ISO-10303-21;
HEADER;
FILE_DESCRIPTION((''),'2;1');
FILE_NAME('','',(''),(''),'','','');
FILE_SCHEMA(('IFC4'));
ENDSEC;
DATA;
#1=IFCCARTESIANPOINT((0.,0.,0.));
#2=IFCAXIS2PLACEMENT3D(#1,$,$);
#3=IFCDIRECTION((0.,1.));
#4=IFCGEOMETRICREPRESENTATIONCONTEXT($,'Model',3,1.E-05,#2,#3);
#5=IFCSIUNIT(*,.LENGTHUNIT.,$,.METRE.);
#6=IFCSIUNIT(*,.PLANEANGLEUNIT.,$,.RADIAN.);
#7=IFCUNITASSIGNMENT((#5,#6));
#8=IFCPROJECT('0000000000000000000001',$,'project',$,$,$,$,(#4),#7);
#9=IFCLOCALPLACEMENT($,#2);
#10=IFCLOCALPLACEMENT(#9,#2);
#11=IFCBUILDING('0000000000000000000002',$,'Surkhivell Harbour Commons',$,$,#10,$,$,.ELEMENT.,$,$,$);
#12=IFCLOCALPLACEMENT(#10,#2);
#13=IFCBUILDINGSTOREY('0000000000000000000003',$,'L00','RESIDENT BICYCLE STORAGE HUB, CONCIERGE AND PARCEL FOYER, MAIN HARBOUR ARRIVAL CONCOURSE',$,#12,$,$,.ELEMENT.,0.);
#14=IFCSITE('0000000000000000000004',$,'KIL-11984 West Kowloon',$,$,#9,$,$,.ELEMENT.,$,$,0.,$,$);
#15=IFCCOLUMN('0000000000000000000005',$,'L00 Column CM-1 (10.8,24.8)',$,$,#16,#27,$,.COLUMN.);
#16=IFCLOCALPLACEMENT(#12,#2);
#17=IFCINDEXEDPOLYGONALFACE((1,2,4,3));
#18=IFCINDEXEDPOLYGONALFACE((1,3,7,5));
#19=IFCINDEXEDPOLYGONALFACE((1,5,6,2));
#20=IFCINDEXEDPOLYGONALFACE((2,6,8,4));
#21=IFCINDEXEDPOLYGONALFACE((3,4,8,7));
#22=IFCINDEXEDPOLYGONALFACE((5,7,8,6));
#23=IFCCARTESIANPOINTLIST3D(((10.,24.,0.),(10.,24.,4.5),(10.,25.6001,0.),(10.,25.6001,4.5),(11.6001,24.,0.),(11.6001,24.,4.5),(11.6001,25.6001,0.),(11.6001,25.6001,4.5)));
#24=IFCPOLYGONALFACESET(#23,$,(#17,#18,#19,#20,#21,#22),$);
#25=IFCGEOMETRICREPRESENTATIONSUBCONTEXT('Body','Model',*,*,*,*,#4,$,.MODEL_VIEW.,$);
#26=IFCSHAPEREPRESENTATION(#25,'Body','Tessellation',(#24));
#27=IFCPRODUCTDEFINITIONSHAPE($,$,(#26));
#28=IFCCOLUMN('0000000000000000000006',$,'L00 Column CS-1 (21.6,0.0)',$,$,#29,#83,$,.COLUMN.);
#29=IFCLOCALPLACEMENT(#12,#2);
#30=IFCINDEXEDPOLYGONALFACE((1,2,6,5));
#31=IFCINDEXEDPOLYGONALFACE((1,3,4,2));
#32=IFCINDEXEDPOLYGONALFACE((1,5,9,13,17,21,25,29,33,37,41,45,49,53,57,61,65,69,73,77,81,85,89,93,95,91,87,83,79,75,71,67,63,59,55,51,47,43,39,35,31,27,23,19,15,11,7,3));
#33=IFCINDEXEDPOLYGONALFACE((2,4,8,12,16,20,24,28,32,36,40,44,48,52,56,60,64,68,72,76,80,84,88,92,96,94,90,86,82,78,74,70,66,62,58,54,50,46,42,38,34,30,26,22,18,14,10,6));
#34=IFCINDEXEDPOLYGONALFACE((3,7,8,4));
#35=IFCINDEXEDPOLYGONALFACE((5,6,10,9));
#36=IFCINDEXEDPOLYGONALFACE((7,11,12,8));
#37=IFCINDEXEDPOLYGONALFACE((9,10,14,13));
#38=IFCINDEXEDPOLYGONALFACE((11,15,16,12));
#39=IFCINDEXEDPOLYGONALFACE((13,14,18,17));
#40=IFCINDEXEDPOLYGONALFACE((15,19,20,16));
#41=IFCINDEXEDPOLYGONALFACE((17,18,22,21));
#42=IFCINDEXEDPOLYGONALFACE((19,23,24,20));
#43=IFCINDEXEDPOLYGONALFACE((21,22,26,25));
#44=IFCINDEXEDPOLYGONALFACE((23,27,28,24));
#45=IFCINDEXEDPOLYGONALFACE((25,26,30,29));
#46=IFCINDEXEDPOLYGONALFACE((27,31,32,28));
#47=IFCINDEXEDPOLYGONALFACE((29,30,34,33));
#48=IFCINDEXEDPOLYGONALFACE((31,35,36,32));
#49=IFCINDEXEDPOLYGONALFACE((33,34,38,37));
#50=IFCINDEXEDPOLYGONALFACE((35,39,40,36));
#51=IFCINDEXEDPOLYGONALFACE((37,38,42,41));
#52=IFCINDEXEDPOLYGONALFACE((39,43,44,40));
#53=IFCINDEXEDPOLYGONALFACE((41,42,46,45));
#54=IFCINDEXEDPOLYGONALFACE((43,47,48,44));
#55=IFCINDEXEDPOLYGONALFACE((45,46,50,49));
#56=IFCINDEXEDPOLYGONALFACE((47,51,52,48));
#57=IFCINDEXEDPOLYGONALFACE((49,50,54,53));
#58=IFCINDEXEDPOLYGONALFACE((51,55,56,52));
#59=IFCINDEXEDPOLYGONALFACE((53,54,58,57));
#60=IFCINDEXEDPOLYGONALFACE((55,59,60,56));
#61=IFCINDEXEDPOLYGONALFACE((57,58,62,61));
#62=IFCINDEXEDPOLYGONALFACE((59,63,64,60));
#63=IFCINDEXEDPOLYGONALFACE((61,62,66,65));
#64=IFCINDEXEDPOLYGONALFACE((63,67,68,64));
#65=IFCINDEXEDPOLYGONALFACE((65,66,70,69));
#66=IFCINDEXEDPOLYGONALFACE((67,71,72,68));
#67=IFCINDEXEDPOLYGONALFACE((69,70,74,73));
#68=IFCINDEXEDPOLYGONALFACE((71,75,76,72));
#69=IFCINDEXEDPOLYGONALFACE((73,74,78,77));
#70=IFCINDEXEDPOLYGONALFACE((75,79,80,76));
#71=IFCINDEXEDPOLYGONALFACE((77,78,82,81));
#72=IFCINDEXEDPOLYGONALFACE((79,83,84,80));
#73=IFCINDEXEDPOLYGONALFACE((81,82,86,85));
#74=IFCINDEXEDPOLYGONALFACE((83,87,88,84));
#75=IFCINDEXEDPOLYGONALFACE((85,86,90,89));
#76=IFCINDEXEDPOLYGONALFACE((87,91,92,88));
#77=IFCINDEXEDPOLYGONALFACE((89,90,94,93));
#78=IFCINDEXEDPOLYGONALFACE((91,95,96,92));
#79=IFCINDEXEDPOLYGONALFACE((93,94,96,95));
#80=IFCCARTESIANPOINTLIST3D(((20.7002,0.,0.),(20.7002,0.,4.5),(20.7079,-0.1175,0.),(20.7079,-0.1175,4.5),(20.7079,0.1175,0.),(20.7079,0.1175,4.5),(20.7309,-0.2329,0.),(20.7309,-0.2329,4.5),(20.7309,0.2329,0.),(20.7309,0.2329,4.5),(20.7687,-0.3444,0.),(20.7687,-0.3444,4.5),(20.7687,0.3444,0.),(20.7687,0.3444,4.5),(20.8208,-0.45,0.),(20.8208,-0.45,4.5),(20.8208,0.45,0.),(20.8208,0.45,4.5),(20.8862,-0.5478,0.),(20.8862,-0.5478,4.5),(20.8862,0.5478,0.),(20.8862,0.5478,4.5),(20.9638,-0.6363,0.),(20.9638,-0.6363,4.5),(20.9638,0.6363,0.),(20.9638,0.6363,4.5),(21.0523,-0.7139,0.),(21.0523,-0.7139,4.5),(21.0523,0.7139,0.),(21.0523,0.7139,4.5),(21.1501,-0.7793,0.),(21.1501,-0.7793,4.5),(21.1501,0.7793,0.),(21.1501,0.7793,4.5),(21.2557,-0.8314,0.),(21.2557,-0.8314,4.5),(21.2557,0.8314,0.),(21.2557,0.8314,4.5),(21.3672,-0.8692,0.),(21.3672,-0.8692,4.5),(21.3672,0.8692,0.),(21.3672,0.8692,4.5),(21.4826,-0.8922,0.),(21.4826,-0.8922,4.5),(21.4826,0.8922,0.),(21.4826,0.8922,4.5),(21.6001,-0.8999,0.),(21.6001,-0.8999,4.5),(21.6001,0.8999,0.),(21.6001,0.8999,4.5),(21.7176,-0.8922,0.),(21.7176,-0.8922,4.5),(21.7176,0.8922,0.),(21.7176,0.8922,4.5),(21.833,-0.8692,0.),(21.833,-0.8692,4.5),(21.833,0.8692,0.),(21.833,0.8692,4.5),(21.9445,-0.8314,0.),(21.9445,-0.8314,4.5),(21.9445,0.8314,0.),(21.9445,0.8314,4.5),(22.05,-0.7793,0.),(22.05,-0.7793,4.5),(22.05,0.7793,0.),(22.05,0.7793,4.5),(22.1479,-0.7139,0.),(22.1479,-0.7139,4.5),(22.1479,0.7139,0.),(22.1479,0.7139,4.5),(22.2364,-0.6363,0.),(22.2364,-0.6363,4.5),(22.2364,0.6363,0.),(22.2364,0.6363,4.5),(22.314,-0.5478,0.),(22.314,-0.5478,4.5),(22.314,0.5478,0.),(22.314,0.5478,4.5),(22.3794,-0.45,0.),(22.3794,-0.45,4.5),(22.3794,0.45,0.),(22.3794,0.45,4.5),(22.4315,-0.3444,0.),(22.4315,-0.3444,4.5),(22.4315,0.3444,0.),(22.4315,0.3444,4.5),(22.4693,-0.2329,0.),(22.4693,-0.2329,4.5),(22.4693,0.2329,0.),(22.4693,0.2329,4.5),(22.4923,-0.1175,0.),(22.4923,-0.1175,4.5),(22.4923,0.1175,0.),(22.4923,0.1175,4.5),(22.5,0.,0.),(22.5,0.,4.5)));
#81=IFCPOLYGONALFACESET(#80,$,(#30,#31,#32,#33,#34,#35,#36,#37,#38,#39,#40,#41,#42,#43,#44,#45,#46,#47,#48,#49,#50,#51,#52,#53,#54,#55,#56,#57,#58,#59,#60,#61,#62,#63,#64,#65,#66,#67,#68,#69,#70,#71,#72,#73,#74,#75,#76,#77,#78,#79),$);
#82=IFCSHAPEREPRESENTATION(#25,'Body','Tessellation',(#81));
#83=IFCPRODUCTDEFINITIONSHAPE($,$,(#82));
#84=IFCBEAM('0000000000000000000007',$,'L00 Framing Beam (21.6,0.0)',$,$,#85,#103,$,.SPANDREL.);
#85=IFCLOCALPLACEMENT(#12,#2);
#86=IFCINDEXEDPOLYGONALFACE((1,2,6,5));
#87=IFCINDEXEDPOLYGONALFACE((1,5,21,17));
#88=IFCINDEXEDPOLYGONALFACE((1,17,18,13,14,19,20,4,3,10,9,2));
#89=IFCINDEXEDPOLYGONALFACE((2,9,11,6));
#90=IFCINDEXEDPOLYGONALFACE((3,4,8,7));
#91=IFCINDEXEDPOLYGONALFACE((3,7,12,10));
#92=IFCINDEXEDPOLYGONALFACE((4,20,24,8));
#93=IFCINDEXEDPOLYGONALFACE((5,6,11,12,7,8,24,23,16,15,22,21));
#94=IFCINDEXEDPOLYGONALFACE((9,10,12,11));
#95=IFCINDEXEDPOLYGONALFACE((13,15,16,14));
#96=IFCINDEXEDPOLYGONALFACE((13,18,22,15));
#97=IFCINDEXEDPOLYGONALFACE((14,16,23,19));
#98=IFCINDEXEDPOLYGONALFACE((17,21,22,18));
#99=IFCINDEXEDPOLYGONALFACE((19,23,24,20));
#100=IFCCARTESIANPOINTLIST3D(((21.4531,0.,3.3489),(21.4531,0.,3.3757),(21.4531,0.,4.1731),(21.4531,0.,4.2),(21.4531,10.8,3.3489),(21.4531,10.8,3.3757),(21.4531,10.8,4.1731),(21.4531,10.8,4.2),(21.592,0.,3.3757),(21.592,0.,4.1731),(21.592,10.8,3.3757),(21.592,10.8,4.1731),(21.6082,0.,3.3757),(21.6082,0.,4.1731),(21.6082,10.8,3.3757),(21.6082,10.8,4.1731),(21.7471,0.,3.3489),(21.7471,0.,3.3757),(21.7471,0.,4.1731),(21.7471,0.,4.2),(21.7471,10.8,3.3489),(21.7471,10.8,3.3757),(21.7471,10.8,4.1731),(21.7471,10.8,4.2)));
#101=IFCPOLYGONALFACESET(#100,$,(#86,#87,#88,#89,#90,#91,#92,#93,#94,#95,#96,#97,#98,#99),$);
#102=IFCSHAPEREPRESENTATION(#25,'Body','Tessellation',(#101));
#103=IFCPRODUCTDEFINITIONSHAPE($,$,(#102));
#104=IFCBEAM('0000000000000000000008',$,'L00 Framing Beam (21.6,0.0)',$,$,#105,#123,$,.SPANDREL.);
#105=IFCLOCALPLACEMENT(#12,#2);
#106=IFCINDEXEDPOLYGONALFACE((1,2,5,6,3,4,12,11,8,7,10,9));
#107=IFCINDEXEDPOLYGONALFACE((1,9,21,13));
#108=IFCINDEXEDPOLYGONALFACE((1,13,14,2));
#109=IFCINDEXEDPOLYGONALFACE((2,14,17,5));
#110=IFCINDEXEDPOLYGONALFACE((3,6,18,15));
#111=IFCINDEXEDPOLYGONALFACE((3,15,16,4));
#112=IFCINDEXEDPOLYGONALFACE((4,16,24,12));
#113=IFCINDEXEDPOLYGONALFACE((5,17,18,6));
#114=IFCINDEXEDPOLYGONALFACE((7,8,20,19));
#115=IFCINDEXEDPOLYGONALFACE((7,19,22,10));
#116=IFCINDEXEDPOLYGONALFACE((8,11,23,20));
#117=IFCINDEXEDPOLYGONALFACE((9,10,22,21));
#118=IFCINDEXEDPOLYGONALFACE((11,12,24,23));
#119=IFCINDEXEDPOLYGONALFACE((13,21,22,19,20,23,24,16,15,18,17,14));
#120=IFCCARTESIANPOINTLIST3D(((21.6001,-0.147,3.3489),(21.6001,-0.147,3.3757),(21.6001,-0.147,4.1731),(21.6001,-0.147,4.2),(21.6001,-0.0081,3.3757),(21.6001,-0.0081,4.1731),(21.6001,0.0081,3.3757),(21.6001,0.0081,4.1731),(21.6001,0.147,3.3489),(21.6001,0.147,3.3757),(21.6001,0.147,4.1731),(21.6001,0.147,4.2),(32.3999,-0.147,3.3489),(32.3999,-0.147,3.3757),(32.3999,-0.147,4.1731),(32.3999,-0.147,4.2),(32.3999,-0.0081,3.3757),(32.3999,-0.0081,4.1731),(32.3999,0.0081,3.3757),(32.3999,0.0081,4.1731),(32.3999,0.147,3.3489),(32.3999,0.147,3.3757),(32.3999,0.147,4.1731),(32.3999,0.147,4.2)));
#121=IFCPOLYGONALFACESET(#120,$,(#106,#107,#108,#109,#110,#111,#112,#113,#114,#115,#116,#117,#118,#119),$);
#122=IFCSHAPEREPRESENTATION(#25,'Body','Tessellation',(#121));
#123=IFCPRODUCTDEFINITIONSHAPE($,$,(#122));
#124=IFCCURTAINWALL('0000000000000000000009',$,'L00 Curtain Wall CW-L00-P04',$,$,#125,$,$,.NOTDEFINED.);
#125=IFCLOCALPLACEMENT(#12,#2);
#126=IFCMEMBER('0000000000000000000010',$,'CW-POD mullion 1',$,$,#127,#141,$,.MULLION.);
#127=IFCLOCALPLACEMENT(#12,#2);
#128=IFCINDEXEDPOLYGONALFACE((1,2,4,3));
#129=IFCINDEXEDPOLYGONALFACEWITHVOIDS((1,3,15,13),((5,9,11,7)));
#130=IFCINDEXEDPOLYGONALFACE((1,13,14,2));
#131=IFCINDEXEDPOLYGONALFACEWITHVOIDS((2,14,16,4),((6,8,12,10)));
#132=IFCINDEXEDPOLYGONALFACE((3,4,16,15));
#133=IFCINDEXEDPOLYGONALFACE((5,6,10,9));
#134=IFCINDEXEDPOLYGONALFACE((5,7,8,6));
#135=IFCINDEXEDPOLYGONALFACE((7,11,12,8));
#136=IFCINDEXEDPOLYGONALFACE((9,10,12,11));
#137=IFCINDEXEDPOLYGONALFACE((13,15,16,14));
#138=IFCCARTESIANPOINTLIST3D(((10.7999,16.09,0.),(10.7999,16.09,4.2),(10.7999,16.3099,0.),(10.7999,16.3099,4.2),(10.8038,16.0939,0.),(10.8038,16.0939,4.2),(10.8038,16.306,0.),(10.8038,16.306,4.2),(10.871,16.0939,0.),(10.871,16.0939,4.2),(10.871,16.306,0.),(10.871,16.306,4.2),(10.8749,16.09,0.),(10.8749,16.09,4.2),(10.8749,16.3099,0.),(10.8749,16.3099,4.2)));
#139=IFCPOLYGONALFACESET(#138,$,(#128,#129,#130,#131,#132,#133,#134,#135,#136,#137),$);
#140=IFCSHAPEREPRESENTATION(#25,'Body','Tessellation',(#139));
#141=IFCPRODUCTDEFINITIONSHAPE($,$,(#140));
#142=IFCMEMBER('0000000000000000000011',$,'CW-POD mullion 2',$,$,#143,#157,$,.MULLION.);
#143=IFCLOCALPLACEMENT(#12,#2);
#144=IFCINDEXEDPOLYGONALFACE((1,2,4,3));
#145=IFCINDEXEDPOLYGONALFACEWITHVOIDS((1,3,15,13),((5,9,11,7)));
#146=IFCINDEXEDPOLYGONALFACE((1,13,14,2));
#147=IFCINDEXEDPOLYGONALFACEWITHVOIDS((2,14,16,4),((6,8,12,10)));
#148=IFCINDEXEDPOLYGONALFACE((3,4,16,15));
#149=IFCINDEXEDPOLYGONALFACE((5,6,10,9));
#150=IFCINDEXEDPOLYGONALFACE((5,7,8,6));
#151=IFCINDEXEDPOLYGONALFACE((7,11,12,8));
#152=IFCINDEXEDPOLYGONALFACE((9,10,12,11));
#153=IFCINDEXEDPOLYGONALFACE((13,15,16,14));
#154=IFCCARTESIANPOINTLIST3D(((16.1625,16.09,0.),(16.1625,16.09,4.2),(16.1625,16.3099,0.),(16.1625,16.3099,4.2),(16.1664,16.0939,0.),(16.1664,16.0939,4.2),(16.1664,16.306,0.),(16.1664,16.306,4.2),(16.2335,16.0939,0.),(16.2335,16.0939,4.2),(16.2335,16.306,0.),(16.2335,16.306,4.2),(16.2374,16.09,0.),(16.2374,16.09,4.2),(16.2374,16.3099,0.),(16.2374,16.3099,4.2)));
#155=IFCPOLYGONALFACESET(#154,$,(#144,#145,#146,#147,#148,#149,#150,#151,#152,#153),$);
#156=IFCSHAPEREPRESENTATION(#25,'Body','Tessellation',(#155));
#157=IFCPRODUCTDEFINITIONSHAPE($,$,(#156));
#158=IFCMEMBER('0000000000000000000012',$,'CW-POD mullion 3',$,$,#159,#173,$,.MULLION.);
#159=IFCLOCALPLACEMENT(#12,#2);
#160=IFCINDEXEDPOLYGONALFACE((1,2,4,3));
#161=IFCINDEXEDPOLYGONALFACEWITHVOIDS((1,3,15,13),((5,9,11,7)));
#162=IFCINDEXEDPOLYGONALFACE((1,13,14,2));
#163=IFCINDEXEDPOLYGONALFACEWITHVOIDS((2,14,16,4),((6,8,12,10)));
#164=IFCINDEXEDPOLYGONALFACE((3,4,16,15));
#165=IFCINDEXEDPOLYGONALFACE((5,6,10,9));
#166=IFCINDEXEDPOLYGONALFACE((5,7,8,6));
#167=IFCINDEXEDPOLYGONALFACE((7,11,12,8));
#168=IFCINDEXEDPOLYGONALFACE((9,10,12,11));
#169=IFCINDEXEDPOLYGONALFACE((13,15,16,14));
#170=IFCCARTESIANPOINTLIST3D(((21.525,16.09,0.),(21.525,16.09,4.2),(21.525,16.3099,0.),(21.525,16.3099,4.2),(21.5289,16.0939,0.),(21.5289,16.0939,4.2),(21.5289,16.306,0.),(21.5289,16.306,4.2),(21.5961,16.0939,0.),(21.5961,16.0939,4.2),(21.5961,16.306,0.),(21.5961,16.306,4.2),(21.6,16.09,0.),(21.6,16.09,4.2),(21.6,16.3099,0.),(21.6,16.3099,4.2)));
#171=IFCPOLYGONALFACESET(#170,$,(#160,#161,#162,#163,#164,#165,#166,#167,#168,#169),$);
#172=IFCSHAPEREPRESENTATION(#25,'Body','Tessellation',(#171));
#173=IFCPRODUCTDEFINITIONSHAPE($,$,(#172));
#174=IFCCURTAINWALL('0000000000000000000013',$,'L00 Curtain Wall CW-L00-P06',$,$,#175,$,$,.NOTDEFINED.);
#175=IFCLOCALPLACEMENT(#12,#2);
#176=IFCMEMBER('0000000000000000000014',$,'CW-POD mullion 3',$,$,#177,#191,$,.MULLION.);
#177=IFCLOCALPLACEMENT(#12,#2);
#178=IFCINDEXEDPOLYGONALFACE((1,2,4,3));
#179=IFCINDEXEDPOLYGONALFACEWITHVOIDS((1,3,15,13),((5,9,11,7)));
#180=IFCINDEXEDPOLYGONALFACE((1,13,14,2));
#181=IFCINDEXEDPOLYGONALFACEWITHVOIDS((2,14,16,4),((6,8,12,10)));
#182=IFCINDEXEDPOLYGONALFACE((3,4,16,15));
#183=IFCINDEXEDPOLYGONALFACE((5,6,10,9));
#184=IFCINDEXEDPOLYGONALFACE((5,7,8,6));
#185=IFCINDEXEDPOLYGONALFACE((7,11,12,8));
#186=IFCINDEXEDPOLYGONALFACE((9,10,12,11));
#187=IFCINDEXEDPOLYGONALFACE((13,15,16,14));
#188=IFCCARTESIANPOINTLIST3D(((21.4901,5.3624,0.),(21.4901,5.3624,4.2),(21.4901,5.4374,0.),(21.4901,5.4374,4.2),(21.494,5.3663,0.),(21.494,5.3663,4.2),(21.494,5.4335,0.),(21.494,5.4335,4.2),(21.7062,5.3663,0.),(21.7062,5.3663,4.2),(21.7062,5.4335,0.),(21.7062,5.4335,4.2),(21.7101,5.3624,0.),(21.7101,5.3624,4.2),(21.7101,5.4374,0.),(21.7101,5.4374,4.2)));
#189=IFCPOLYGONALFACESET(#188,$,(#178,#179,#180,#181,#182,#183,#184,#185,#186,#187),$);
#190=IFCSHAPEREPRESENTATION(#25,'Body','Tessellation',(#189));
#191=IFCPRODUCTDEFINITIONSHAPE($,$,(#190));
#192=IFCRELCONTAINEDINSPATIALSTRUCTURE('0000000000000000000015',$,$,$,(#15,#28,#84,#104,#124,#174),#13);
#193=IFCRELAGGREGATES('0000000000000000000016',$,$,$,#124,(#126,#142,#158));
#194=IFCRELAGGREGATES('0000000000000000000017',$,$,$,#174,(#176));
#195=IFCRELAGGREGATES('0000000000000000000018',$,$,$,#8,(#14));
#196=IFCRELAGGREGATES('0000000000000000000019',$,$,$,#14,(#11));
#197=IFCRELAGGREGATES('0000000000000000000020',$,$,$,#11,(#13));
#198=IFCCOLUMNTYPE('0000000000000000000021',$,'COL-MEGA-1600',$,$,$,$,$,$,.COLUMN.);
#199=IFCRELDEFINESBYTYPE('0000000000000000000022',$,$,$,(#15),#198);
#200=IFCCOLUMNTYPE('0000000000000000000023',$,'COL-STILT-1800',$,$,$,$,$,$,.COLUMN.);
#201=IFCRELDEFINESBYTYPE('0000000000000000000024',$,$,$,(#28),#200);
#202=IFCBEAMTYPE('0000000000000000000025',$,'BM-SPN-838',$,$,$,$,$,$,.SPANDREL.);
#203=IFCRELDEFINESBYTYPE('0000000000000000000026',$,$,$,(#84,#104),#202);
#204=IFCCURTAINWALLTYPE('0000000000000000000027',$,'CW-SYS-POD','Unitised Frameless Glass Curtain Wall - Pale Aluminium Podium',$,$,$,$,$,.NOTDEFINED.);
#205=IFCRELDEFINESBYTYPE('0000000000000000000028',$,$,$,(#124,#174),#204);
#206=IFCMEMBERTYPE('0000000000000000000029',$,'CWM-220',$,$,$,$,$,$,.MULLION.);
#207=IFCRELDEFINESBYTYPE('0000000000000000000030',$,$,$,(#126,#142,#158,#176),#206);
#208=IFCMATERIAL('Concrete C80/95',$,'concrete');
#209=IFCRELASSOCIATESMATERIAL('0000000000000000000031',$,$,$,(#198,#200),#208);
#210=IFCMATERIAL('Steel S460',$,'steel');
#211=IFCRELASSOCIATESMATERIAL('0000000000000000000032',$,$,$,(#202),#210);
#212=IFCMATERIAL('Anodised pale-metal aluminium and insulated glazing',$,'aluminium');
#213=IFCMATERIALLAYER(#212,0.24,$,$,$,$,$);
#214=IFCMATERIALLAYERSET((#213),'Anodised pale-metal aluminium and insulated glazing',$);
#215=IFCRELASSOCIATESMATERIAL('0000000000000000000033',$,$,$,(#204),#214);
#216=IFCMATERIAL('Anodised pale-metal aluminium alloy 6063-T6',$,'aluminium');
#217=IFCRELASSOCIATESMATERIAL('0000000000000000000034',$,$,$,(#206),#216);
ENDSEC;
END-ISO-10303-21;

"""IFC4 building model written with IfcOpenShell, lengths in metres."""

from ifc_helpers import new_model, si_unit, direction, frame, origin, origin_2d, place, context, subcontext, project, spatial, rectangle, hollow_rectangle, circle, i_section, extrude, material, layer, layer_set, material_profile, profile_set, type_object, element, aggregate, save


model = new_model("IFC4")

# Units and contexts
model_context = context("Model", 3, precision=1e-05, world=origin(), true_north=direction((0.0, 1.0)))
body_context = subcontext(model_context, "Body", "Model", "MODEL_VIEW")
ifc_project = project(units=[si_unit("LENGTHUNIT", "METRE"), si_unit("PLANEANGLEUNIT", "RADIAN")], contexts=[model_context])

# Site, building, storey
site_placement = place(None, origin())
site = spatial("IfcSite", under=ifc_project, at=site_placement, Name="KIL-11984 West Kowloon", CompositionType="ELEMENT", RefElevation=0.0)
building_placement = place(site_placement, origin())
building = spatial("IfcBuilding", under=site, at=building_placement, Name="Surkhivell Harbour Commons", CompositionType="ELEMENT")
storey_placement = place(building_placement, origin())
storey = spatial("IfcBuildingStorey", under=building, at=storey_placement, Name="L00", Description="RESIDENT BICYCLE STORAGE HUB, CONCIERGE AND PARCEL FOYER, MAIN HARBOUR ARRIVAL CONCOURSE", CompositionType="ELEMENT", Elevation=0.0)

# Columns
ifc_material_1 = material(Name="Concrete C80/95", Category="concrete")
ifc_material_profile_1 = material_profile(ifc_material_1, rectangle(XDim=1.6001, YDim=1.6001, at=origin_2d()), Name="RC-COL-1600x1600")
ifc_profile_set_1 = profile_set([ifc_material_profile_1], Name="Concrete C80/95")
column_type_1 = type_object("IfcColumnType", Name="COL-MEGA-1600", PredefinedType="COLUMN", material=ifc_profile_set_1)
column_1_placement = place(storey_placement, frame((10.8, 24.8, 0.0), z_axis=(0.0, 0.0, 1.0), x_axis=(1.0, 0.0, 0.0)))
element("IfcColumn", 1, at=column_1_placement, inside=storey, type_object=column_type_1, Name="L00 Column CM-1 (10.8,24.8)", PredefinedType="COLUMN", context=body_context, shape_type="SweptSolid", body=[
    extrude(rectangle(XDim=1.6001, YDim=1.6001, at=origin_2d()), origin(), (0.0, 0.0, 1.0), 4.5),
])
ifc_material_profile_2 = material_profile(ifc_material_1, circle(Radius=0.8999, at=origin_2d()), Name="RC-CIRC-1800")
ifc_profile_set_2 = profile_set([ifc_material_profile_2], Name="Concrete C80/95")
column_type_2 = type_object("IfcColumnType", Name="COL-STILT-1800", PredefinedType="COLUMN", material=ifc_profile_set_2)
column_2_placement = place(storey_placement, frame((21.6001, 0.0, 0.0), z_axis=(0.0, 0.0, 1.0), x_axis=(1.0, 0.0, 0.0)))
element("IfcColumn", 2, at=column_2_placement, inside=storey, type_object=column_type_2, Name="L00 Column CS-1 (21.6,0.0)", PredefinedType="COLUMN", context=body_context, shape_type="SweptSolid", body=[
    extrude(circle(Radius=0.8999, at=origin_2d()), origin(), (0.0, 0.0, 1.0), 4.5),
])

# Beams
ifc_material_2 = material(Name="Steel S460", Category="steel")
ifc_material_profile_3 = material_profile(ifc_material_2, i_section(OverallWidth=0.2939, OverallDepth=0.8511, WebThickness=0.0161, FlangeThickness=0.0269, at=origin_2d()), Name="UB838x292x226")
ifc_profile_set_3 = profile_set([ifc_material_profile_3], Name="Steel S460")
beam_type = type_object("IfcBeamType", Name="BM-SPN-838", PredefinedType="SPANDREL", material=ifc_profile_set_3)
beam_1_placement = place(storey_placement, frame((21.6001, 0.0, 3.7744), z_axis=(0.0, 1.0, 0.0), x_axis=(-1.0, 0.0, 0.0)))
element("IfcBeam", 3, at=beam_1_placement, inside=storey, type_object=beam_type, Name="L00 Framing Beam (21.6,0.0)", PredefinedType="SPANDREL", context=body_context, shape_type="SweptSolid", body=[
    extrude(i_section(OverallWidth=0.2939, OverallDepth=0.8511, WebThickness=0.0161, FlangeThickness=0.0269, at=origin_2d()), origin(), (0.0, 0.0, 1.0), 10.8),
])
beam_2_placement = place(storey_placement, frame((21.6001, 0.0, 3.7744), z_axis=(1.0, 0.0, 0.0), x_axis=(0.0, 1.0, 0.0)))
element("IfcBeam", 4, at=beam_2_placement, inside=storey, type_object=beam_type, Name="L00 Framing Beam (21.6,0.0)", PredefinedType="SPANDREL", context=body_context, shape_type="SweptSolid", body=[
    extrude(i_section(OverallWidth=0.2939, OverallDepth=0.8511, WebThickness=0.0161, FlangeThickness=0.0269, at=origin_2d()), origin(), (0.0, 0.0, 1.0), 10.7998),
])

# Curtain walls, members
ifc_material_3 = material(Name="Anodised pale-metal aluminium and insulated glazing", Category="aluminium")
ifc_layer_1 = layer(ifc_material_3, 0.24)
ifc_layer_set_1 = layer_set([ifc_layer_1], Name="Anodised pale-metal aluminium and insulated glazing")
curtain_wall_type = type_object("IfcCurtainWallType", Name="CW-SYS-POD", Description="Unitised Frameless Glass Curtain Wall - Pale Aluminium Podium", PredefinedType="NOTDEFINED", material=ifc_layer_set_1)
curtain_wall_1_placement = place(storey_placement, origin())
curtain_wall_1 = element("IfcCurtainWall", 5, at=curtain_wall_1_placement, inside=storey, type_object=curtain_wall_type, Name="L00 Curtain Wall CW-L00-P04", PredefinedType="NOTDEFINED")
ifc_material_4 = material(Name="Anodised pale-metal aluminium alloy 6063-T6", Category="aluminium")
ifc_material_profile_4 = material_profile(ifc_material_4, hollow_rectangle(XDim=0.075, YDim=0.22, WallThickness=0.0039, at=origin_2d()), Name="ALU-MULL-75x220")
ifc_profile_set_4 = profile_set([ifc_material_profile_4], Name="Anodised pale-metal aluminium alloy 6063-T6")
member_type_1 = type_object("IfcMemberType", Name="CWM-220", PredefinedType="MULLION", material=ifc_profile_set_4)
member_1_placement = place(storey_placement, frame((10.8374, 16.2, 0.0), z_axis=(0.0, 0.0, 1.0), x_axis=(1.0, 0.0, 0.0)))
member_1 = element("IfcMember", 6, at=member_1_placement, type_object=member_type_1, Name="CW-POD mullion 1", PredefinedType="MULLION", context=body_context, shape_type="SweptSolid", body=[
    extrude(hollow_rectangle(XDim=0.075, YDim=0.22, WallThickness=0.0039, at=origin_2d()), origin(), (0.0, 0.0, 1.0), 4.2),
])
member_2_placement = place(storey_placement, frame((16.2, 16.2, 0.0), z_axis=(0.0, 0.0, 1.0), x_axis=(1.0, 0.0, 0.0)))
member_2 = element("IfcMember", 7, at=member_2_placement, type_object=member_type_1, Name="CW-POD mullion 2", PredefinedType="MULLION", context=body_context, shape_type="SweptSolid", body=[
    extrude(hollow_rectangle(XDim=0.075, YDim=0.22, WallThickness=0.0039, at=origin_2d()), origin(), (0.0, 0.0, 1.0), 4.2),
])
member_3_placement = place(storey_placement, frame((21.5625, 16.2, 0.0), z_axis=(0.0, 0.0, 1.0), x_axis=(1.0, 0.0, 0.0)))
member_3 = element("IfcMember", 8, at=member_3_placement, type_object=member_type_1, Name="CW-POD mullion 3", PredefinedType="MULLION", context=body_context, shape_type="SweptSolid", body=[
    extrude(hollow_rectangle(XDim=0.075, YDim=0.22, WallThickness=0.0039, at=origin_2d()), origin(), (0.0, 0.0, 1.0), 4.2),
])
curtain_wall_2_placement = place(storey_placement, origin())
curtain_wall_2 = element("IfcCurtainWall", 9, at=curtain_wall_2_placement, inside=storey, type_object=curtain_wall_type, Name="L00 Curtain Wall CW-L00-P06", PredefinedType="NOTDEFINED")
member_4_placement = place(storey_placement, frame((21.6001, 5.3999, 0.0), z_axis=(0.0, 0.0, 1.0), x_axis=(0.0, -1.0, 0.0)))
member_4 = element("IfcMember", 10, at=member_4_placement, type_object=member_type_1, Name="CW-POD mullion 3", PredefinedType="MULLION", context=body_context, shape_type="SweptSolid", body=[
    extrude(hollow_rectangle(XDim=0.075, YDim=0.22, WallThickness=0.0039, at=origin_2d()), origin(), (0.0, 0.0, 1.0), 4.2),
])

aggregate(curtain_wall_1, [member_1, member_2, member_3])
aggregate(curtain_wall_2, [member_4])

save(model, "model.ifc")
